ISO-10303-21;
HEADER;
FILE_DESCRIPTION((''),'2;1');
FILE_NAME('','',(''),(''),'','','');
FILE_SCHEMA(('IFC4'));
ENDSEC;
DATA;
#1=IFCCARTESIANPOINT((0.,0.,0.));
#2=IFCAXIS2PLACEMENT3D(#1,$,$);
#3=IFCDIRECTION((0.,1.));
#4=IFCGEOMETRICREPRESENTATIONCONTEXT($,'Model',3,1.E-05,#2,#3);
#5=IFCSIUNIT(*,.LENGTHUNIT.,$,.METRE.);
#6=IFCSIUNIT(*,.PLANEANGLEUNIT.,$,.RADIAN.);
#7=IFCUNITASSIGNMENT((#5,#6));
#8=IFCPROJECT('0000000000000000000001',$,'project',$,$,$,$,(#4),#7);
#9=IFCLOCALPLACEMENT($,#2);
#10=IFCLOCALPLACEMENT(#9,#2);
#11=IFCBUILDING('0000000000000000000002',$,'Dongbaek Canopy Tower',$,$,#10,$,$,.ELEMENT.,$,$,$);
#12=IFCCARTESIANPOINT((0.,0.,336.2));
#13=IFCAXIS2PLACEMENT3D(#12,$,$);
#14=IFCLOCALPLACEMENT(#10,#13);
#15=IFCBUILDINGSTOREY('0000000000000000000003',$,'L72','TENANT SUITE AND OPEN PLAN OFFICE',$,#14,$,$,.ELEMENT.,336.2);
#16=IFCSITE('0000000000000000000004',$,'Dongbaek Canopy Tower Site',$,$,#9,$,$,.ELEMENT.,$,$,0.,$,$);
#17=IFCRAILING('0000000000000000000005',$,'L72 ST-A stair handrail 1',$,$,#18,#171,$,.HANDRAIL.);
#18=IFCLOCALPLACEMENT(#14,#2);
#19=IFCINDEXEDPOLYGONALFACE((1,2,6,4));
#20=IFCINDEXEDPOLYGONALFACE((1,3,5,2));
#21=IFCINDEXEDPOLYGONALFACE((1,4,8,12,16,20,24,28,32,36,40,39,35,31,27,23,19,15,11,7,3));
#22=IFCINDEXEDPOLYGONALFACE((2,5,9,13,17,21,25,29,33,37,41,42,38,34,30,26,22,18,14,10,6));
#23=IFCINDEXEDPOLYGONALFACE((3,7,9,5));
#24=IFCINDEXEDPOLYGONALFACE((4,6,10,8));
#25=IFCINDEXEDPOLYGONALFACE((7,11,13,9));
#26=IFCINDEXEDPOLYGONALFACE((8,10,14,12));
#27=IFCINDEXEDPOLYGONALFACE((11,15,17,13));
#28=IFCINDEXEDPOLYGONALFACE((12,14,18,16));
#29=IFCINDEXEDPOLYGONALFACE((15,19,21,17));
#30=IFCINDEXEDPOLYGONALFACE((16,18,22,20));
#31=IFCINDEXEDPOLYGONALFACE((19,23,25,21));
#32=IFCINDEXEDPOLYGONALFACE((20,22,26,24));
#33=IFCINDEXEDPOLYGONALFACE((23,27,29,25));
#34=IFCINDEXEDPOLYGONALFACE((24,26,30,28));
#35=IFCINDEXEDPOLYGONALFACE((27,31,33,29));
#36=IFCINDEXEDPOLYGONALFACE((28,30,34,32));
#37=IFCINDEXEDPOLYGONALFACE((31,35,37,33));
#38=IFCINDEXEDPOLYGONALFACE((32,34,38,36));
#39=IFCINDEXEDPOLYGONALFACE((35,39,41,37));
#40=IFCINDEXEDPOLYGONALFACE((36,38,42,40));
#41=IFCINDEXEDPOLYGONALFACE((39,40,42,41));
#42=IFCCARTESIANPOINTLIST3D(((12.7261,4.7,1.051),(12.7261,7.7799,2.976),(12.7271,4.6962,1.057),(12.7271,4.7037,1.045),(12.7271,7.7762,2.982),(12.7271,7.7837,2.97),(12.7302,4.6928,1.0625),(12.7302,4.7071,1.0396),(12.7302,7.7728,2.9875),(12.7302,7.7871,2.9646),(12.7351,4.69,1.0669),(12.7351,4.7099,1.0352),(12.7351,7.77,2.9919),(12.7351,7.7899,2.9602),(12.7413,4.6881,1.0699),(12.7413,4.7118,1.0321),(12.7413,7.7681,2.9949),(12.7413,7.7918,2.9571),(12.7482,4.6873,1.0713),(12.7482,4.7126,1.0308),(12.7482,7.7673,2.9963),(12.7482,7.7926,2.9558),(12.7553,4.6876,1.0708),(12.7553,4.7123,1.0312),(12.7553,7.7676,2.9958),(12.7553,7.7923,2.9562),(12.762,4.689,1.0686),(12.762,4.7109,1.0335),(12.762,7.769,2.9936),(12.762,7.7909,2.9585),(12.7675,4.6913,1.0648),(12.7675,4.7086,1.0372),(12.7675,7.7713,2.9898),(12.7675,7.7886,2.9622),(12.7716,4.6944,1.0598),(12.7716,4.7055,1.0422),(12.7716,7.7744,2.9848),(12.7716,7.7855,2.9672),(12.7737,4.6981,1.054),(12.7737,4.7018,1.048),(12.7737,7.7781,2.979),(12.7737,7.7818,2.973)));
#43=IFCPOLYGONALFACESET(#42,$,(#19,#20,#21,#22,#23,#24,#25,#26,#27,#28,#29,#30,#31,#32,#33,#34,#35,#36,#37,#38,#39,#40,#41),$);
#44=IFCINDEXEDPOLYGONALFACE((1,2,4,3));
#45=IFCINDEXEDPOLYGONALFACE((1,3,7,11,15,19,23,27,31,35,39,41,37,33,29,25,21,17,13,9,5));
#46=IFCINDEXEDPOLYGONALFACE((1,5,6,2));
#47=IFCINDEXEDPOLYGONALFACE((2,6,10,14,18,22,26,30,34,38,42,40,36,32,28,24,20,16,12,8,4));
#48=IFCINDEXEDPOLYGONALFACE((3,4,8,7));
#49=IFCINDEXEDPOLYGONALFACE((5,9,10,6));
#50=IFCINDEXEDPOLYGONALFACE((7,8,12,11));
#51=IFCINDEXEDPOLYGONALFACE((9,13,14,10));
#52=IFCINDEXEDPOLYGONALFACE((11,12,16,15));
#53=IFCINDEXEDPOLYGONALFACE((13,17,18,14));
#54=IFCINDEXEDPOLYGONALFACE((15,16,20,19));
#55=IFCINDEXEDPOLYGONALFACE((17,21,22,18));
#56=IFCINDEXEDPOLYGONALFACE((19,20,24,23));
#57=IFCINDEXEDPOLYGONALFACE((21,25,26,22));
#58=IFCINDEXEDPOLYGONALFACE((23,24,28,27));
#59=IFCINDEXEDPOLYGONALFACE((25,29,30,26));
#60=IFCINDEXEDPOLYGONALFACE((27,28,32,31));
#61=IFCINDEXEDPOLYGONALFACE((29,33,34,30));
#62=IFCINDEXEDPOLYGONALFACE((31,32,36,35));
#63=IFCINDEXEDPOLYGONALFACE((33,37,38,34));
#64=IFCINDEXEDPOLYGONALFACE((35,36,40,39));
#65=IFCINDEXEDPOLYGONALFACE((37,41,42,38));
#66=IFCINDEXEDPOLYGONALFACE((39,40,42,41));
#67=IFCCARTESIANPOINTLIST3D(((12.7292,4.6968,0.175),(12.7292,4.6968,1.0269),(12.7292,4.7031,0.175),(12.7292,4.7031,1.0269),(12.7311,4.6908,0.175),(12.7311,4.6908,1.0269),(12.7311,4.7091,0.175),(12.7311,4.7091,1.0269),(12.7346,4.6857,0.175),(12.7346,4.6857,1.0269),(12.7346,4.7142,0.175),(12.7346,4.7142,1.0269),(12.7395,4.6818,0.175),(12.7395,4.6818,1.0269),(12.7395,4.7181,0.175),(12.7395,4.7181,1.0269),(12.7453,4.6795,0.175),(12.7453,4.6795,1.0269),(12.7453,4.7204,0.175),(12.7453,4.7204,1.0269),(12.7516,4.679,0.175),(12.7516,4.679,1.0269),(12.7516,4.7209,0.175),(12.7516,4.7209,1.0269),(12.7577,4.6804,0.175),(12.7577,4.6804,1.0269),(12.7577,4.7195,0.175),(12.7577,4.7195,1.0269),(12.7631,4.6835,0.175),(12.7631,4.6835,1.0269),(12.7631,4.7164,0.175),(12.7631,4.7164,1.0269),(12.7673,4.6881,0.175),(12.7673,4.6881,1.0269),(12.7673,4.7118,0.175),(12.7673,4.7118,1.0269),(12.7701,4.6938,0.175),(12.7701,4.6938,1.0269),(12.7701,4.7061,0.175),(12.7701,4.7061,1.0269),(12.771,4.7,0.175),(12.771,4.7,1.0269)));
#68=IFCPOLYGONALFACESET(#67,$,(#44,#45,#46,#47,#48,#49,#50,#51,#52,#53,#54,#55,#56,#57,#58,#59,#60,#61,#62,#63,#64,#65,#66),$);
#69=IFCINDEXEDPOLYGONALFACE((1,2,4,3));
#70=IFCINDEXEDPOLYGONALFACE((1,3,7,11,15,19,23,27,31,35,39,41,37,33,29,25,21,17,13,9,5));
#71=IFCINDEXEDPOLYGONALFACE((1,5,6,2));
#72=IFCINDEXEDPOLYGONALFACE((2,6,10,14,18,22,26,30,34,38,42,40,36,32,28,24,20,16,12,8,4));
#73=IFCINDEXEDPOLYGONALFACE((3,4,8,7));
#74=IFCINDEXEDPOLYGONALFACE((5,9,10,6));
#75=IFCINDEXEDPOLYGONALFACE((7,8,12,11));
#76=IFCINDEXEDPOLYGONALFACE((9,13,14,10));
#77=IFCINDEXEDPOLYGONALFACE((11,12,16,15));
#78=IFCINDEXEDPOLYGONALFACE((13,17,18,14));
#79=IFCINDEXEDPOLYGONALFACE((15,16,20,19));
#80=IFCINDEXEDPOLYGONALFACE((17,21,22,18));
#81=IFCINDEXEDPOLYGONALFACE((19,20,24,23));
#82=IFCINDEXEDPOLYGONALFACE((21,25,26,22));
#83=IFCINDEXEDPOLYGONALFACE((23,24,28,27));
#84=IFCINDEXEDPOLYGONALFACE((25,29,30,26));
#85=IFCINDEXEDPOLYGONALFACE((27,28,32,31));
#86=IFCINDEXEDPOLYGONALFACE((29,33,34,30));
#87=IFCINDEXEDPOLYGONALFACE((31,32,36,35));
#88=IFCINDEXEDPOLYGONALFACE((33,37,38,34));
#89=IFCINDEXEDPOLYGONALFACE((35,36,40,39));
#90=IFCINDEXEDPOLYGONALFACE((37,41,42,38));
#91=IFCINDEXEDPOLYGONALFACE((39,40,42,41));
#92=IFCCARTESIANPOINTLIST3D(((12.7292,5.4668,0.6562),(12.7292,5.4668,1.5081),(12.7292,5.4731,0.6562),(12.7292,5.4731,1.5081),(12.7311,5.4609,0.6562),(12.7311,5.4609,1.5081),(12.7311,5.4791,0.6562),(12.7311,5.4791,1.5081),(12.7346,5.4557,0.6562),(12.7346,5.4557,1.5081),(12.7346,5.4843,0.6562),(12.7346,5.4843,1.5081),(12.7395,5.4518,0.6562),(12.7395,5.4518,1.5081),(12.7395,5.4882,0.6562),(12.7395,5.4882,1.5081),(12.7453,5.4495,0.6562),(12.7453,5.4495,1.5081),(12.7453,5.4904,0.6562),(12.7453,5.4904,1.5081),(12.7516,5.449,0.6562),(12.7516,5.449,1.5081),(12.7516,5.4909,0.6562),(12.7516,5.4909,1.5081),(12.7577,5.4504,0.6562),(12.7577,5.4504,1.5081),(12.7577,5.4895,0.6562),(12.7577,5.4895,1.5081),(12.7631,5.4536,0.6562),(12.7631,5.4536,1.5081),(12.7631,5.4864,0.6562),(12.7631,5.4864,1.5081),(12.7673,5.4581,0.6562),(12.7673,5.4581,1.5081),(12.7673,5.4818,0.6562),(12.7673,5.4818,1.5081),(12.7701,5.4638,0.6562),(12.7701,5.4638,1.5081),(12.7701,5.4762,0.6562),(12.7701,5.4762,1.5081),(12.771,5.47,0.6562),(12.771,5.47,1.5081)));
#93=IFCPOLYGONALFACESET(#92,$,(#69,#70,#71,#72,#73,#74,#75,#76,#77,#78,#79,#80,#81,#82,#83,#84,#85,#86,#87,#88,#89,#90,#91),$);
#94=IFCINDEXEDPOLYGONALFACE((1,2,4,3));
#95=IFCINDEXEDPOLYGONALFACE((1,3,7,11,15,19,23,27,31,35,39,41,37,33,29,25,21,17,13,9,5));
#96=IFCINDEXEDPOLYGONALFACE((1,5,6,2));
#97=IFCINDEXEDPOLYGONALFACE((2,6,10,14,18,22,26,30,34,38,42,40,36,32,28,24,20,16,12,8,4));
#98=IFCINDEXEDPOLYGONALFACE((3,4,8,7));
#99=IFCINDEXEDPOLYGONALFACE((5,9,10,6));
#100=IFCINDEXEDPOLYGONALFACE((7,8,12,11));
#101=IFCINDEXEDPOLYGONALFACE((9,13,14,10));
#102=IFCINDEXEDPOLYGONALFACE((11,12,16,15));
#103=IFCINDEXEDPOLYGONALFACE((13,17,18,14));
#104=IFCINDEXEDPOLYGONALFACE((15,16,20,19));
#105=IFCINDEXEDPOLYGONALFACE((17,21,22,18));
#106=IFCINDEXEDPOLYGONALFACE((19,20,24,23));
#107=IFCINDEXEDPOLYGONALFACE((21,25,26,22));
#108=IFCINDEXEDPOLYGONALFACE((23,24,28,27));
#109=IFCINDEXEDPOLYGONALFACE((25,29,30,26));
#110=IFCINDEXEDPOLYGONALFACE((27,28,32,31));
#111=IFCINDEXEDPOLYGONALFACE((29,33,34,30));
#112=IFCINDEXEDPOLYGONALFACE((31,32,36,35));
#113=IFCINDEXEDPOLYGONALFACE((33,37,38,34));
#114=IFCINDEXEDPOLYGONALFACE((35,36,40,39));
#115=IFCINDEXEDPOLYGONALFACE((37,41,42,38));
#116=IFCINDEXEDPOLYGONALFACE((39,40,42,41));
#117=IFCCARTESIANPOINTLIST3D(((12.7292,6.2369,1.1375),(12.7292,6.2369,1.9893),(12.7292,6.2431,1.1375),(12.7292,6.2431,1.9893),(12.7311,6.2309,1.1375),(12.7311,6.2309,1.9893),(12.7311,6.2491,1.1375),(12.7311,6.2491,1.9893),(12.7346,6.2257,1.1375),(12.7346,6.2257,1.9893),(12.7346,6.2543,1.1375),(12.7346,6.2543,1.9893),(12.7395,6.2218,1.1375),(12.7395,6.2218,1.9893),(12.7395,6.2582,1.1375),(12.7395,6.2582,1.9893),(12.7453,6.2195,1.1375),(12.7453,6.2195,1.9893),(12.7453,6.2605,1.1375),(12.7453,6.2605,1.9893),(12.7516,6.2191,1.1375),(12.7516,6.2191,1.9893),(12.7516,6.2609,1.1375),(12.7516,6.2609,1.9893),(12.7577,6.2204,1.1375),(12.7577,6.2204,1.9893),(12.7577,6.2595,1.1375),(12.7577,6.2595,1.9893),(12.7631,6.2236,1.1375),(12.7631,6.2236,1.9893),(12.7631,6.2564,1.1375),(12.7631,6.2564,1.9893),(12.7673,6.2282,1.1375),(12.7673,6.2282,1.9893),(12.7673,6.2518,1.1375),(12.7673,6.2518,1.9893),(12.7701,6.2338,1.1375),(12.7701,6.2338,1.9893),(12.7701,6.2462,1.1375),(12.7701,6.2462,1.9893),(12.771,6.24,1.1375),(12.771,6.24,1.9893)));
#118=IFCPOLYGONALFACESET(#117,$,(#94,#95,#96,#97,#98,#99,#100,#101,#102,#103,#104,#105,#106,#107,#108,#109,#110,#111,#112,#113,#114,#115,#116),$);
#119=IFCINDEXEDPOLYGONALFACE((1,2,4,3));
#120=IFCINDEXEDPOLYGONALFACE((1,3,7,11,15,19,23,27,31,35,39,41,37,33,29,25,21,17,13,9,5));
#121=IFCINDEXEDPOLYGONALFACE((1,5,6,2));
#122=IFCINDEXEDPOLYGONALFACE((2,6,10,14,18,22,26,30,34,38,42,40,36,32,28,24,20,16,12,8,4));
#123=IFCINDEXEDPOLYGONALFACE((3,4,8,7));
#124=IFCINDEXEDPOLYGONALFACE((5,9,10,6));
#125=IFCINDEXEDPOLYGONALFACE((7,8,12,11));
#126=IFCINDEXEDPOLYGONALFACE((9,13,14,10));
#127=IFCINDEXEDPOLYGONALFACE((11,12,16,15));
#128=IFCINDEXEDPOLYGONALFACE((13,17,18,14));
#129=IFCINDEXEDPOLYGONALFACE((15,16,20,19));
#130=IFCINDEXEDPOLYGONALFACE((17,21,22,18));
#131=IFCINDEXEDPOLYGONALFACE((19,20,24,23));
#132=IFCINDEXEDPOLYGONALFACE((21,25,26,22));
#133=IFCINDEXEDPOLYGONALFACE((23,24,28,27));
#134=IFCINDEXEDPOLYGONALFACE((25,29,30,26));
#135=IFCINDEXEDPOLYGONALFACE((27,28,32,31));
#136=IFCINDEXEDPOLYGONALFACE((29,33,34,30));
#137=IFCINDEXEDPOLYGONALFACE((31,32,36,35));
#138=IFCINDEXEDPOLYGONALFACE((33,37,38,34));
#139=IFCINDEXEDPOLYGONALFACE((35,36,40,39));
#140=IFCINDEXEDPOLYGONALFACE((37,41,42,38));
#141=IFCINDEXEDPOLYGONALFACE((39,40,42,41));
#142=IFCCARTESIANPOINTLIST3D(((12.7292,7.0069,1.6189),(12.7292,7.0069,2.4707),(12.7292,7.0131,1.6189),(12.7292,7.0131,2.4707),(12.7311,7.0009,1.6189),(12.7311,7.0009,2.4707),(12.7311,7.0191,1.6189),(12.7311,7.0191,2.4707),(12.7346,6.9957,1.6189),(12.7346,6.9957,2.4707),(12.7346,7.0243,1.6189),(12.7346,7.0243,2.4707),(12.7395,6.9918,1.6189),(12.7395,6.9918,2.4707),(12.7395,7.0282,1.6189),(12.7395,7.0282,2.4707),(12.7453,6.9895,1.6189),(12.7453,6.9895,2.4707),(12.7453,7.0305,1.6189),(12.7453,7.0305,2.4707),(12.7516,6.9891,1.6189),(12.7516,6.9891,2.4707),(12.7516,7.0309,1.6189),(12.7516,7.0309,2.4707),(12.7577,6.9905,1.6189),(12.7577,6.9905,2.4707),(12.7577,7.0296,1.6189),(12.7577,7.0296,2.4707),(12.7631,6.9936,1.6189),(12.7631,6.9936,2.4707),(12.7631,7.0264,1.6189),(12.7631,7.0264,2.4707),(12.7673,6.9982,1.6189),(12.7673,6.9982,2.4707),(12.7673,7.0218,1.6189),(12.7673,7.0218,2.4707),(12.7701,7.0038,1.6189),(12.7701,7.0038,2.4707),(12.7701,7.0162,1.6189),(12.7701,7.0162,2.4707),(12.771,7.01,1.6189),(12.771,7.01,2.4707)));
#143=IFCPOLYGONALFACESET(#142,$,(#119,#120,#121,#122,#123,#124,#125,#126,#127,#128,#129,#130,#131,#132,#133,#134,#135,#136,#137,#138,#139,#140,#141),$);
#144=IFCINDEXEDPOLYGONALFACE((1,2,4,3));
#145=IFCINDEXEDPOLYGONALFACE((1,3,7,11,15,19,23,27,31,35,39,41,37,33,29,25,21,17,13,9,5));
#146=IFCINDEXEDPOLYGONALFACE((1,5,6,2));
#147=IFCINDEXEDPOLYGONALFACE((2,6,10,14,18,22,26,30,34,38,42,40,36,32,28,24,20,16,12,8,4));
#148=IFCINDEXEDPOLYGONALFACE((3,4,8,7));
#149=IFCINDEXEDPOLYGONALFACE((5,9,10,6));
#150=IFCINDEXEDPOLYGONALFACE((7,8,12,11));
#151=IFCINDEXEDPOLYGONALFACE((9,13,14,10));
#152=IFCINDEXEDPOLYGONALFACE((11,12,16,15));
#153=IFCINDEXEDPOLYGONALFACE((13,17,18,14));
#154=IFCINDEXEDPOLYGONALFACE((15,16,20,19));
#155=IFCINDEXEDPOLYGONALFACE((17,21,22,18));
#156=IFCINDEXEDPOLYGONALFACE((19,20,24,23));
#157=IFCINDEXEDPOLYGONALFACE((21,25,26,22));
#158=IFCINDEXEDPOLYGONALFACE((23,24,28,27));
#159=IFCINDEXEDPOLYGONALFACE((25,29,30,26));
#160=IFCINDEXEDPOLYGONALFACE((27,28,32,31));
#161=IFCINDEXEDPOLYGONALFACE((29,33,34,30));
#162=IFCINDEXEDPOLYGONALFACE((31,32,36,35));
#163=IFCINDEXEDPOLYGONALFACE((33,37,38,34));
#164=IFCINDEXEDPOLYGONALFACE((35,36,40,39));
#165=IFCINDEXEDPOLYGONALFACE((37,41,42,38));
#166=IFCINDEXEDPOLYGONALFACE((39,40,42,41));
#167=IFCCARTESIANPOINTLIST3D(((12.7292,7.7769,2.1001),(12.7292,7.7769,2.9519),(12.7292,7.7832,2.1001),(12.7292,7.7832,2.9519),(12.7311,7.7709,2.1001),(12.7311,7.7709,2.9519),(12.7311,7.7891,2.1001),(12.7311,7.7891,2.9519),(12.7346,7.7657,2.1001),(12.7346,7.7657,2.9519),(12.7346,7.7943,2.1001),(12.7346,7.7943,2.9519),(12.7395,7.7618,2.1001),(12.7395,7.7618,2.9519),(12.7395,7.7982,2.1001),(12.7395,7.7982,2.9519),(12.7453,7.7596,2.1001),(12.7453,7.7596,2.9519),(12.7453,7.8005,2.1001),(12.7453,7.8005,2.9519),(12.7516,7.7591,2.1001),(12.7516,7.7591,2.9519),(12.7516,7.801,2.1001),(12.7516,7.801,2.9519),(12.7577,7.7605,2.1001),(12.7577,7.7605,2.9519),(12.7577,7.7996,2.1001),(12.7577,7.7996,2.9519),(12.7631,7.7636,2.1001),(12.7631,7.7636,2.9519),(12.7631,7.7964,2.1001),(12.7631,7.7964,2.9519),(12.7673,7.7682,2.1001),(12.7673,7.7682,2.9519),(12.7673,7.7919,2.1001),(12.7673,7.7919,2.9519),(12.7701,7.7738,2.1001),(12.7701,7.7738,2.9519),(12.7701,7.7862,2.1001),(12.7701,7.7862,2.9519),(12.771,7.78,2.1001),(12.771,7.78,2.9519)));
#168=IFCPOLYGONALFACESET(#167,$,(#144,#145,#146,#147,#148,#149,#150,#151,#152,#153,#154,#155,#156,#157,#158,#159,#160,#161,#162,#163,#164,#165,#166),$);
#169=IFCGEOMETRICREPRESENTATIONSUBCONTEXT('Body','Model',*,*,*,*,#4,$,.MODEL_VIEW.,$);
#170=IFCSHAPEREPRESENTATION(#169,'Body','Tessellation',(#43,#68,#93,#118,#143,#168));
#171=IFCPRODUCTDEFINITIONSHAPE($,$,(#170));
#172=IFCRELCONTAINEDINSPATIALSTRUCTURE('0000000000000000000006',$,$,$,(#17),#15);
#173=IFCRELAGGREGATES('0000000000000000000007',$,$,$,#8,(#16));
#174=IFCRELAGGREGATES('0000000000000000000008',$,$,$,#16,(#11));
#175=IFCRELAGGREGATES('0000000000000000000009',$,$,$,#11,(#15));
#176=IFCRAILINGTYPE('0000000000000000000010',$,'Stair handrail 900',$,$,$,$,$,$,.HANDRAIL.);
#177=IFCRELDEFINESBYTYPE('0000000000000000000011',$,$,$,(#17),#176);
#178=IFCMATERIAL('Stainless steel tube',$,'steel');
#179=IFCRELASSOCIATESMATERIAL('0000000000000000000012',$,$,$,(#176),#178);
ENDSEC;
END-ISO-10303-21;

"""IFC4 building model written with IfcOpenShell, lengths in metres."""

from ifc_helpers import new_model, si_unit, direction, frame, origin, origin_2d, place, context, subcontext, project, spatial, circle, extrude, material, type_object, element, save


model = new_model("IFC4")

# Units and contexts
model_context = context("Model", 3, precision=1e-05, world=origin(), true_north=direction((0.0, 1.0)))
body_context = subcontext(model_context, "Body", "Model", "MODEL_VIEW")
ifc_project = project(units=[si_unit("LENGTHUNIT", "METRE"), si_unit("PLANEANGLEUNIT", "RADIAN")], contexts=[model_context])

# Site, building, storey
site_placement = place(None, origin())
site = spatial("IfcSite", under=ifc_project, at=site_placement, Name="Dongbaek Canopy Tower Site", CompositionType="ELEMENT", RefElevation=0.0)
building_placement = place(site_placement, origin())
building = spatial("IfcBuilding", under=site, at=building_placement, Name="Dongbaek Canopy Tower", CompositionType="ELEMENT")
storey_placement = place(building_placement, frame((0.0, 0.0, 336.2)))
storey = spatial("IfcBuildingStorey", under=building, at=storey_placement, Name="L72", Description="TENANT SUITE AND OPEN PLAN OFFICE", CompositionType="ELEMENT", Elevation=336.2)

# Railing
ifc_material_1 = material(Name="Stainless steel tube", Category="steel")
railing_type_1 = type_object("IfcRailingType", Name="Stair handrail 900", PredefinedType="HANDRAIL", material=ifc_material_1)
railing_1_placement = place(storey_placement, frame((12.75, 4.7, 0.175)))
element("IfcRailing", 1, at=railing_1_placement, inside=storey, type_object=railing_type_1, Name="L72 ST-A stair handrail 1", PredefinedType="HANDRAIL", context=body_context, shape_type="SweptSolid", body=[
    extrude(circle(Radius=0.0239, at=origin_2d()), frame((0.0, 0.0, 0.876), z_axis=(0.0, 0.847998, 0.529999), x_axis=(-1.0, 0.0, 0.0)), (0.0, 0.0, 1.0), 3.6321),
    extrude(circle(Radius=0.021, at=origin_2d()), origin(), (0.0, 0.0, 1.0), 0.8518),
    extrude(circle(Radius=0.021, at=origin_2d()), frame((0.0, 0.77, 0.4812)), (0.0, 0.0, 1.0), 0.8518),
    extrude(circle(Radius=0.021, at=origin_2d()), frame((0.0, 1.54, 0.9624)), (0.0, 0.0, 1.0), 0.8518),
    extrude(circle(Radius=0.021, at=origin_2d()), frame((0.0, 2.3101, 1.4438)), (0.0, 0.0, 1.0), 0.8518),
    extrude(circle(Radius=0.021, at=origin_2d()), frame((0.0, 3.0801, 1.925)), (0.0, 0.0, 1.0), 0.8518),
])

save(model, "model.ifc")
